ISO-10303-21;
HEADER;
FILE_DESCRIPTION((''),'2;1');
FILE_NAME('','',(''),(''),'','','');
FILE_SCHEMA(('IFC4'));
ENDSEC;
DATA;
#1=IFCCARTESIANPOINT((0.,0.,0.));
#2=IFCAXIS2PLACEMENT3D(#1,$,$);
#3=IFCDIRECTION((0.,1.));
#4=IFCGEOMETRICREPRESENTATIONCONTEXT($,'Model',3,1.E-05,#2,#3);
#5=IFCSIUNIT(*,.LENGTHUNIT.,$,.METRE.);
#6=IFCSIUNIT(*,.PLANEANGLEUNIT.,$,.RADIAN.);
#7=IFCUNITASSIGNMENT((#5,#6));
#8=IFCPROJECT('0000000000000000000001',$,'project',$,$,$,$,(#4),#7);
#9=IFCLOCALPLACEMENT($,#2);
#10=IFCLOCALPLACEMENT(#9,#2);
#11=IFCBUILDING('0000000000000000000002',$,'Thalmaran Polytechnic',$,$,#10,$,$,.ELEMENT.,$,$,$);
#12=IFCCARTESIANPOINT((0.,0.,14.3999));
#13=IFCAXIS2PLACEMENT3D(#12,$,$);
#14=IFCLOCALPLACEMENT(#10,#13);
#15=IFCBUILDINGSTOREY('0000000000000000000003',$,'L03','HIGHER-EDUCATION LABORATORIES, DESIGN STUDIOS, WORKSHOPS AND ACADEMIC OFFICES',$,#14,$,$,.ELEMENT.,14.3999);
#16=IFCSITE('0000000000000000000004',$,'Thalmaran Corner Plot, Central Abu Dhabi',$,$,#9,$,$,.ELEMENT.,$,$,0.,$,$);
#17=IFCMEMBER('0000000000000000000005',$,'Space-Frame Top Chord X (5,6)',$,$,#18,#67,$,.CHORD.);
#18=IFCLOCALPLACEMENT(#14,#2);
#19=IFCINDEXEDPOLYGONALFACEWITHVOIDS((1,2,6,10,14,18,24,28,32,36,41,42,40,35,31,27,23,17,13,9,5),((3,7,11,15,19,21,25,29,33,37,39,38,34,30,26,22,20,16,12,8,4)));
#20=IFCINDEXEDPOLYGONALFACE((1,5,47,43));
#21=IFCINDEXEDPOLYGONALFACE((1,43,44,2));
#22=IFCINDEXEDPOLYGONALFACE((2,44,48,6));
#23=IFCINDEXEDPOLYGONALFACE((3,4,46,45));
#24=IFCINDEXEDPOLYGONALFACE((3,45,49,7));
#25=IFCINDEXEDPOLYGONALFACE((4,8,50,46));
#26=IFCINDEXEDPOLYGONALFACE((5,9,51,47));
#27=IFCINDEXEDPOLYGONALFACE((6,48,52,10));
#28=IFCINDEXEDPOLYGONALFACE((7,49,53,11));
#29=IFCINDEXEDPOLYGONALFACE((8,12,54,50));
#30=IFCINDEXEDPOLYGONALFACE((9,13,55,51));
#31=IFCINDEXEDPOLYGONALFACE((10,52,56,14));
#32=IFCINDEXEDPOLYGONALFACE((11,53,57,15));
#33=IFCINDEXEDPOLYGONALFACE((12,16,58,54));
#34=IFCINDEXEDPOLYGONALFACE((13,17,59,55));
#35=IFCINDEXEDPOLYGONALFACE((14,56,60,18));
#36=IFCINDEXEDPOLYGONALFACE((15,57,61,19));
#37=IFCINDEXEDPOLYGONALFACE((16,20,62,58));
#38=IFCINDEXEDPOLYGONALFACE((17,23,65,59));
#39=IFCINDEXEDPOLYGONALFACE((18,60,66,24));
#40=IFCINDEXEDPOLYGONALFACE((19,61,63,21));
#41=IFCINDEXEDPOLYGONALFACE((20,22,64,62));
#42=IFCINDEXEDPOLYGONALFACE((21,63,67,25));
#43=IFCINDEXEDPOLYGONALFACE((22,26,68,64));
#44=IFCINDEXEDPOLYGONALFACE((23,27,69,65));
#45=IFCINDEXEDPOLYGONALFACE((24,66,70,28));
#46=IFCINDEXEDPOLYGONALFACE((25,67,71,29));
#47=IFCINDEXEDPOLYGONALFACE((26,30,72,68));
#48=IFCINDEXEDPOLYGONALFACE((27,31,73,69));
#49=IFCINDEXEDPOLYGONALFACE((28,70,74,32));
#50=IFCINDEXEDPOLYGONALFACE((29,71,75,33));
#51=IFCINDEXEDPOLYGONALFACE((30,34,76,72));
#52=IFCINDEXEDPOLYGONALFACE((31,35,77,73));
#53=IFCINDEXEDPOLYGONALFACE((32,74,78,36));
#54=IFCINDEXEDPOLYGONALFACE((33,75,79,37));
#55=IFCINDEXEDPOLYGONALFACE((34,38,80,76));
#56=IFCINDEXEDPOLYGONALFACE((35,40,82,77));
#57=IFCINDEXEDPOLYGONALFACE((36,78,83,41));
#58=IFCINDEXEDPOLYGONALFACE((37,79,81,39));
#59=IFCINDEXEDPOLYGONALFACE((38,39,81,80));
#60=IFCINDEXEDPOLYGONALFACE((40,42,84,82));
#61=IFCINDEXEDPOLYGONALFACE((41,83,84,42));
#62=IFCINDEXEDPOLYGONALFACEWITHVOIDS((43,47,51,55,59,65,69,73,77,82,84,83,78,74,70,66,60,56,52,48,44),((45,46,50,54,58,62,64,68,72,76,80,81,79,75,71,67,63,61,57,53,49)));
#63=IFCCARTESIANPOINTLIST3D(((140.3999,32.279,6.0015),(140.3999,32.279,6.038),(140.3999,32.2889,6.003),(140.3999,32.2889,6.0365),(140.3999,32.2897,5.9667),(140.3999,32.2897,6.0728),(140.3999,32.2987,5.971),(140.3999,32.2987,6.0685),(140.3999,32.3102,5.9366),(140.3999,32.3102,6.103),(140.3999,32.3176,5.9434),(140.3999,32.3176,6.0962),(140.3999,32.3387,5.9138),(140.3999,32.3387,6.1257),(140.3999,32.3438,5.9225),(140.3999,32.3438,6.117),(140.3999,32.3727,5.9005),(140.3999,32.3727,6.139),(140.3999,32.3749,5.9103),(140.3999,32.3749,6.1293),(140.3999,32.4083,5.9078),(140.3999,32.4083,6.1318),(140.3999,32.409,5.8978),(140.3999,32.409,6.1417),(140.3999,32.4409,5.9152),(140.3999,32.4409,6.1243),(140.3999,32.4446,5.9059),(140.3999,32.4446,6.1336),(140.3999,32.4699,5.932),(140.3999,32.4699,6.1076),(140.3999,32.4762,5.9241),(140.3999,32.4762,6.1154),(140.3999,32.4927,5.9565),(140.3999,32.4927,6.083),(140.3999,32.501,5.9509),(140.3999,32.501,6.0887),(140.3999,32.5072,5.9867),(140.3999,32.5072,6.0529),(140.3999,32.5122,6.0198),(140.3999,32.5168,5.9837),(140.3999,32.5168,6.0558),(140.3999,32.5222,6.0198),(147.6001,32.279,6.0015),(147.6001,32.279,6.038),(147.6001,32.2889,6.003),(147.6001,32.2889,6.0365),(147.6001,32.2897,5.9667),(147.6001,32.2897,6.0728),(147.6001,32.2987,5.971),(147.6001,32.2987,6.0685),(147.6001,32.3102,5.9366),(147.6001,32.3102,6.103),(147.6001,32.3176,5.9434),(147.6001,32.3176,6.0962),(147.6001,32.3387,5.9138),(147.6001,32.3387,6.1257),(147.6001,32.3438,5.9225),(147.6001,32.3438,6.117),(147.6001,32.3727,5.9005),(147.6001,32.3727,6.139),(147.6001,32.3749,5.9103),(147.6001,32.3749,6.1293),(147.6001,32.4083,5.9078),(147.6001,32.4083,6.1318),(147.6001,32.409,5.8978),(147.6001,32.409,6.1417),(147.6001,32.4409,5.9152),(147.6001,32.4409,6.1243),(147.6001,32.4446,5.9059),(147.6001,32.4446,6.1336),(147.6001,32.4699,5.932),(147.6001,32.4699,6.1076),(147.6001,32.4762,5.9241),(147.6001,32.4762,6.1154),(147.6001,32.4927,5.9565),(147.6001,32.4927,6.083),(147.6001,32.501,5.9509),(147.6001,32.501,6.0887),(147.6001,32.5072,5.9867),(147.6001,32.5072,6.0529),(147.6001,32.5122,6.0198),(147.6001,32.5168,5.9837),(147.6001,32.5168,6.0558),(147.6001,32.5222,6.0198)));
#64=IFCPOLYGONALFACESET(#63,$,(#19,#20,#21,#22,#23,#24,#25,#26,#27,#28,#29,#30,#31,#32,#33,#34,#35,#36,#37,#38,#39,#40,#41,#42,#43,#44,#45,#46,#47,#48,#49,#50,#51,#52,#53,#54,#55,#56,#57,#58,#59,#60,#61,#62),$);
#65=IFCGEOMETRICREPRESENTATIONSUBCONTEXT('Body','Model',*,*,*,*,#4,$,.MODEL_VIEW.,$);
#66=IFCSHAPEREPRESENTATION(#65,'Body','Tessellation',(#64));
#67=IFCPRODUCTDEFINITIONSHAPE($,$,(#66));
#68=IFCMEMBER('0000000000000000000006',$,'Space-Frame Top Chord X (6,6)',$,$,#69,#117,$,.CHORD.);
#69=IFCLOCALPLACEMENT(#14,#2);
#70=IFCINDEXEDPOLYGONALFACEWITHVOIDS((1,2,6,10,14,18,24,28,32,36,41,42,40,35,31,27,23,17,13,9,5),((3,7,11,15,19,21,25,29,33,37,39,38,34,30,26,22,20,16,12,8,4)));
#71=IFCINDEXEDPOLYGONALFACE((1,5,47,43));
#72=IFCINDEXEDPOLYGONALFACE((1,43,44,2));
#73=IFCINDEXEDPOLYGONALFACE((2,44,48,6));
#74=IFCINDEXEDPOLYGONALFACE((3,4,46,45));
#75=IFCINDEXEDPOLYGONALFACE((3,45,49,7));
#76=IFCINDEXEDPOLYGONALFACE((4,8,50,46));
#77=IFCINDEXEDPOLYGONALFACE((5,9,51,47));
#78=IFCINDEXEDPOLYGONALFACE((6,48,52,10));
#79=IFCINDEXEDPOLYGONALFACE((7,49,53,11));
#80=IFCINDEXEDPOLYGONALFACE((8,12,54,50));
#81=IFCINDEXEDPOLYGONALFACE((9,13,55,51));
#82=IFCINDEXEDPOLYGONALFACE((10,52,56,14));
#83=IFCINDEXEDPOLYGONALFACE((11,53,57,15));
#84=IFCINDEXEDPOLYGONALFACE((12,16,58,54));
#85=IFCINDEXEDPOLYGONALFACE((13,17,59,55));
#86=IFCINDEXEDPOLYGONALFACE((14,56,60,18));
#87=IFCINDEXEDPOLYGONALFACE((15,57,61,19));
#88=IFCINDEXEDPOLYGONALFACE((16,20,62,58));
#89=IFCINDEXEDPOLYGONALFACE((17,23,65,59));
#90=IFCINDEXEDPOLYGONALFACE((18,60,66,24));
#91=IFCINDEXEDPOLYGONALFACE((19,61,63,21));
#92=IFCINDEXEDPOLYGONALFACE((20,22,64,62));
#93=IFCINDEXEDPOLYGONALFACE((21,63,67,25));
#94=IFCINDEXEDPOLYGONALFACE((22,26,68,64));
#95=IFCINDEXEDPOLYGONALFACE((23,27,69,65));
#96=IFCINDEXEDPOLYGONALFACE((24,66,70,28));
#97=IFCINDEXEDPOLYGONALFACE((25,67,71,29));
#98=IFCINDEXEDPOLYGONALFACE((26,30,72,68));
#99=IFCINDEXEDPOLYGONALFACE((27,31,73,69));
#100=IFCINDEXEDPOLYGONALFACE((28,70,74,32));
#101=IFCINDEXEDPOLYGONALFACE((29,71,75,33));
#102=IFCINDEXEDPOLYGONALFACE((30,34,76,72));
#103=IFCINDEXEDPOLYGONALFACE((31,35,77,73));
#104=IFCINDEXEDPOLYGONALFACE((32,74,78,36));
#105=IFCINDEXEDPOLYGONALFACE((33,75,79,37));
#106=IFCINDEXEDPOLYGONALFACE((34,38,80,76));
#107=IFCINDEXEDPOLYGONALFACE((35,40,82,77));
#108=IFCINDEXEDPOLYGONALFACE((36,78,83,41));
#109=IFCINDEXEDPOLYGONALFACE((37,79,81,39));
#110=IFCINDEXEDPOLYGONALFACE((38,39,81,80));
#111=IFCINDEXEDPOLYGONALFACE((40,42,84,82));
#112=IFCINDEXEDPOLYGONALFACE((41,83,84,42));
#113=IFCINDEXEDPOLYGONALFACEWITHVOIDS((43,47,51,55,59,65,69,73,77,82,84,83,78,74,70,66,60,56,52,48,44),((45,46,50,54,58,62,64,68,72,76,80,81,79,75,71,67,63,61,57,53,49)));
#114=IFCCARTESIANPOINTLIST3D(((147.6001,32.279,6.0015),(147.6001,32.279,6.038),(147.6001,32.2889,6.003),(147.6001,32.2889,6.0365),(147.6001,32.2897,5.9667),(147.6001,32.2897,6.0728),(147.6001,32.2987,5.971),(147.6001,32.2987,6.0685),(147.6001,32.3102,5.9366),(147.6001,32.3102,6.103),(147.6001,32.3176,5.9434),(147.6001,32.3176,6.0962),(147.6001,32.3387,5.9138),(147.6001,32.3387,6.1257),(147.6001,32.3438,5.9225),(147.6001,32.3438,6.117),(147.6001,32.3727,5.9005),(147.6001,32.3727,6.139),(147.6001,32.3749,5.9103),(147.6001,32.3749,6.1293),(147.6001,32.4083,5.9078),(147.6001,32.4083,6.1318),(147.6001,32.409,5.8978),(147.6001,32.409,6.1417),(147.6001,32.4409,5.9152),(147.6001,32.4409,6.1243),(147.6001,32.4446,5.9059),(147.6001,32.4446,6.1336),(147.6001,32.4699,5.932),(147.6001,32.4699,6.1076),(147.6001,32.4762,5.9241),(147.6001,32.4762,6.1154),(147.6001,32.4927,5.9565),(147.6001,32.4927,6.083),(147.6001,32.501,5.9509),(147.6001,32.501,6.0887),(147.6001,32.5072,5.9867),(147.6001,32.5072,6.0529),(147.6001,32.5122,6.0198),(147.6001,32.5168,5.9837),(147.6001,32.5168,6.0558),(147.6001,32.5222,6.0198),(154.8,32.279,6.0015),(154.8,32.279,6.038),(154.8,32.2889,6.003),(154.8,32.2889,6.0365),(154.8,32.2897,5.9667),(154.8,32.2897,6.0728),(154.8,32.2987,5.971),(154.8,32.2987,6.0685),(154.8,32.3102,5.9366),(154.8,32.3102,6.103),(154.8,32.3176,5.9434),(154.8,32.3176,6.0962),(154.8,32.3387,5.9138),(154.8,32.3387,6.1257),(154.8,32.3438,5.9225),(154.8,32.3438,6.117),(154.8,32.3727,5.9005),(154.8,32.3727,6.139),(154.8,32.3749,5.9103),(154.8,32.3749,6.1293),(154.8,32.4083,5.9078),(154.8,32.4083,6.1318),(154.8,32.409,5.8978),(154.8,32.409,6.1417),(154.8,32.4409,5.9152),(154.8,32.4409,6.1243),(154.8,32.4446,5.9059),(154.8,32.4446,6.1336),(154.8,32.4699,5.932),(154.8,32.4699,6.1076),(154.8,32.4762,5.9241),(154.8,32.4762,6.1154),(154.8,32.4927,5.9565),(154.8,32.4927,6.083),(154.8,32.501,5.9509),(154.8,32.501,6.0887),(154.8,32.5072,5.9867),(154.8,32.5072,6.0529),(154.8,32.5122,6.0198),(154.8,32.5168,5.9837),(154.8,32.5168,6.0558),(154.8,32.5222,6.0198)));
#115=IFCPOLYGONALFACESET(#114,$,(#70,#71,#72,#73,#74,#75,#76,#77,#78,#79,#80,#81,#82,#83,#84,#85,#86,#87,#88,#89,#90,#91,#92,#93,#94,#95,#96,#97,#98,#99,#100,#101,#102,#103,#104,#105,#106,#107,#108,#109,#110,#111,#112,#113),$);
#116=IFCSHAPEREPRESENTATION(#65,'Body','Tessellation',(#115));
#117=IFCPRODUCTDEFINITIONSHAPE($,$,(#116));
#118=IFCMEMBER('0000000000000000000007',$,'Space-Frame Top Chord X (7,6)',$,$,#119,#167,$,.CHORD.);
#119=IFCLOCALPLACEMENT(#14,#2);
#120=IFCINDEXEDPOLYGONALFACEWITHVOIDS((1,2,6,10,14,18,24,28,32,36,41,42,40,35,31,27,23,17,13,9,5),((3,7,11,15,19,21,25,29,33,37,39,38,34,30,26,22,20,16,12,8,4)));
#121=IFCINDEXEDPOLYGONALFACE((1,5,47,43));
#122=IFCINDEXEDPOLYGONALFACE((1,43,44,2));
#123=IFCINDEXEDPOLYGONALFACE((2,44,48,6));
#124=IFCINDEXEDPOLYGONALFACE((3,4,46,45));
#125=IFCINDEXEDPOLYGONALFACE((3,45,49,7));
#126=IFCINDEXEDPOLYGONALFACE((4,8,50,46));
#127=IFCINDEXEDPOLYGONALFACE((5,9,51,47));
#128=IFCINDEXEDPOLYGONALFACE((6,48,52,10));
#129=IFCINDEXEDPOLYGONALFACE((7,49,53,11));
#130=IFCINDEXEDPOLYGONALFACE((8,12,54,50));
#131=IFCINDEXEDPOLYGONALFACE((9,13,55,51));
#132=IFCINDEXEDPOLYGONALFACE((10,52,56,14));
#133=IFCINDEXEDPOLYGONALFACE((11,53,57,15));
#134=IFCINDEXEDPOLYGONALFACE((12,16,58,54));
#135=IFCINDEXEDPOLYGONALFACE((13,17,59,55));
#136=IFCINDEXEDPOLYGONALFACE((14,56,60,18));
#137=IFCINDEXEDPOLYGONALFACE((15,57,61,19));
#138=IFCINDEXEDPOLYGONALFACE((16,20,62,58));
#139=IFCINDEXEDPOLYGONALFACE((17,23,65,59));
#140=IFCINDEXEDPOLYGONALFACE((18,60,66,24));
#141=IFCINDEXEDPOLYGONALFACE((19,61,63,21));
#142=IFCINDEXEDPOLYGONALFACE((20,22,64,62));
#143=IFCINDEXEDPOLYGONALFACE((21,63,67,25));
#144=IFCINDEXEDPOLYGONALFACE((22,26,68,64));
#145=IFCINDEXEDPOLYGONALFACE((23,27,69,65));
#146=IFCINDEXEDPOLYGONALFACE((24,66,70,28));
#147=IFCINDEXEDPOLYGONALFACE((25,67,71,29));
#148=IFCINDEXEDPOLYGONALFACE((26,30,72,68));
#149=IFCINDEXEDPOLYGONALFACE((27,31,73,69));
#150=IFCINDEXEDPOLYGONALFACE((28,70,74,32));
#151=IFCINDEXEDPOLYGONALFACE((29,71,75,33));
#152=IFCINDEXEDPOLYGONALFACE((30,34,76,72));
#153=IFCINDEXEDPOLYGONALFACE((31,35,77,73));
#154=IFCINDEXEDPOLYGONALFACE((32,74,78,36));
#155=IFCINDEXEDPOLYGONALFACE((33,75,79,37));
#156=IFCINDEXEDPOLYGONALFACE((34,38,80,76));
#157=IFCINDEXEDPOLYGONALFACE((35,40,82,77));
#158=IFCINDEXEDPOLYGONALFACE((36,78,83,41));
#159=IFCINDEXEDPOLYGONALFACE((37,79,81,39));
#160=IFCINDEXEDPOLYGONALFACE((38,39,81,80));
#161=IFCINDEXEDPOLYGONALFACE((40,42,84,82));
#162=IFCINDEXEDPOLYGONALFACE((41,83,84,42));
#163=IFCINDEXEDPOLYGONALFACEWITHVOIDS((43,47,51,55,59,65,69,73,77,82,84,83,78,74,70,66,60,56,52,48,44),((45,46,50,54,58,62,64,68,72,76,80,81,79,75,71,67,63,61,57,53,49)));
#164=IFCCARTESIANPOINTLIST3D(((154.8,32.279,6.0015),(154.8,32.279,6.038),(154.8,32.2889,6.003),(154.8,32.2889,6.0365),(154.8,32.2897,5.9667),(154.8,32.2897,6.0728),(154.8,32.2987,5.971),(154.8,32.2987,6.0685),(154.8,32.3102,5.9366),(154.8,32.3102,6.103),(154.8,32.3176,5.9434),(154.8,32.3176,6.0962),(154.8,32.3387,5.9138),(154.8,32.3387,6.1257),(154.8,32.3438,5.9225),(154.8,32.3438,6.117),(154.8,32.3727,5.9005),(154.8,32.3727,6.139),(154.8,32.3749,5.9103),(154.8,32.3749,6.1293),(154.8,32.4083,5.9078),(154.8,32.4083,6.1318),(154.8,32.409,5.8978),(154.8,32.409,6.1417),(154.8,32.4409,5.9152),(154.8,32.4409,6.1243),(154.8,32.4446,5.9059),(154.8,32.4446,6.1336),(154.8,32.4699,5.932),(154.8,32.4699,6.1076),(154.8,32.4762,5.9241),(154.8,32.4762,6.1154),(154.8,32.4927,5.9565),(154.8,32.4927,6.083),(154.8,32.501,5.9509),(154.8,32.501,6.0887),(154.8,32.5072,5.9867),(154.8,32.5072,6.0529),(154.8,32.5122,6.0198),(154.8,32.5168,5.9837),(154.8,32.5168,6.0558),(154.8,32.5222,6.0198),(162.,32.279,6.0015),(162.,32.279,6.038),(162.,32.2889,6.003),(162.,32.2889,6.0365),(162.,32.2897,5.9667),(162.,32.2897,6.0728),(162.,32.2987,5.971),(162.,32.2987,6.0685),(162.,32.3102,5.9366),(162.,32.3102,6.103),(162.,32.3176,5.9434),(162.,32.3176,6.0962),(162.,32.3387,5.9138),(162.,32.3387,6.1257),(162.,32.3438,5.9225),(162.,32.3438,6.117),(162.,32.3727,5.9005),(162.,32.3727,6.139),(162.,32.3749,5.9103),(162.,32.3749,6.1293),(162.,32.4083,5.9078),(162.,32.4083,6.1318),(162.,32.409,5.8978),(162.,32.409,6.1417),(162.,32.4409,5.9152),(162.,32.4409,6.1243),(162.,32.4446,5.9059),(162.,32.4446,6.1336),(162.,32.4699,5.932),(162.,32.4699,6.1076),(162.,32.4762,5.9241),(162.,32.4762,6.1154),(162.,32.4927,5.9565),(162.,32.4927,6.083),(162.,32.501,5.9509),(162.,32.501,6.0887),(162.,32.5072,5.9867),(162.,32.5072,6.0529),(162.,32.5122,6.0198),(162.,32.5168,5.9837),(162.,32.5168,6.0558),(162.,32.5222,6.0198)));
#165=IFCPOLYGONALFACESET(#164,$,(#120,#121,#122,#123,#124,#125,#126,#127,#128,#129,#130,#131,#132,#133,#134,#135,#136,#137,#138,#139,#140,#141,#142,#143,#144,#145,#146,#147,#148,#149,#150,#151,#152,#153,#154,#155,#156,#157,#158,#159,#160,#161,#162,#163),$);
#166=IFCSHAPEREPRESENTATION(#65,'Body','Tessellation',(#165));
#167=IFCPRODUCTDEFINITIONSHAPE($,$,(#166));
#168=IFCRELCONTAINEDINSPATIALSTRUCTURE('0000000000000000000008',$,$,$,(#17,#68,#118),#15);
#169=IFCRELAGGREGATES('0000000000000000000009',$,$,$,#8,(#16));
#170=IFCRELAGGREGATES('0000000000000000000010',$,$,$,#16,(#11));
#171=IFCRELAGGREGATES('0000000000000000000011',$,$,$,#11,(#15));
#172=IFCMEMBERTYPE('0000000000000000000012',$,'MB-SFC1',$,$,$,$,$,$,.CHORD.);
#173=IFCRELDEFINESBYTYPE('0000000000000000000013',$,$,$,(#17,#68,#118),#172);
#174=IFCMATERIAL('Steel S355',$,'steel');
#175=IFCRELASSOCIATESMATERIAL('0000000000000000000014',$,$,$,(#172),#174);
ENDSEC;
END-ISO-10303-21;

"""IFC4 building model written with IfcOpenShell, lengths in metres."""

from ifc_helpers import new_model, si_unit, direction, frame, origin, origin_2d, place, context, subcontext, project, spatial, hollow_circle, extrude, material, material_profile, profile_set, type_object, element, save


model = new_model("IFC4")

# Units and contexts
model_context = context("Model", 3, precision=1e-05, world=origin(), true_north=direction((0.0, 1.0)))
body_context = subcontext(model_context, "Body", "Model", "MODEL_VIEW")
ifc_project = project(units=[si_unit("LENGTHUNIT", "METRE"), si_unit("PLANEANGLEUNIT", "RADIAN")], contexts=[model_context])

# Site, building, storey
site_placement = place(None, origin())
site = spatial("IfcSite", under=ifc_project, at=site_placement, Name="Thalmaran Corner Plot, Central Abu Dhabi", CompositionType="ELEMENT", RefElevation=0.0)
building_placement = place(site_placement, origin())
building = spatial("IfcBuilding", under=site, at=building_placement, Name="Thalmaran Polytechnic", CompositionType="ELEMENT")
storey_placement = place(building_placement, frame((0.0, 0.0, 14.3999)))
storey = spatial("IfcBuildingStorey", under=building, at=storey_placement, Name="L03", Description="HIGHER-EDUCATION LABORATORIES, DESIGN STUDIOS, WORKSHOPS AND ACADEMIC OFFICES", CompositionType="ELEMENT", Elevation=14.3999)

# Members
ifc_material = material(Name="Steel S355", Category="steel")
ifc_material_profile_1 = material_profile(ifc_material, hollow_circle(Radius=0.1223, WallThickness=0.01, at=origin_2d()), Name="CHS 244.5x10.0")
ifc_profile_set_1 = profile_set([ifc_material_profile_1], Name="Steel S355")
member_type_1 = type_object("IfcMemberType", Name="MB-SFC1", PredefinedType="CHORD", material=ifc_profile_set_1)
member_1_placement = place(storey_placement, frame((140.3999, 32.3999, 6.0198), z_axis=(1.0, 0.0, 0.0), x_axis=(0.0, 1.0, 0.0)))
element("IfcMember", 1, at=member_1_placement, inside=storey, type_object=member_type_1, Name="Space-Frame Top Chord X (5,6)", PredefinedType="CHORD", context=body_context, shape_type="SweptSolid", body=[
    extrude(hollow_circle(Radius=0.1223, WallThickness=0.01, at=origin_2d()), origin(), (0.0, 0.0, 1.0), 7.2002),
])
for number, where, z_axis, x_axis, name in (
    (2, (147.6001, 32.3999, 6.0198), (1.0, 0.0, 0.0), (0.0, 1.0, 0.0), "Space-Frame Top Chord X (6,6)"),
    (3, (154.8, 32.3999, 6.0198), (1.0, 0.0, 0.0), (0.0, 1.0, 0.0), "Space-Frame Top Chord X (7,6)"),
):
    element("IfcMember", number, at=place(storey_placement, frame(where, z_axis=z_axis, x_axis=x_axis)), inside=storey, type_object=member_type_1, Name=name, PredefinedType="CHORD", context=body_context, shape_type="SweptSolid", body=[
        extrude(hollow_circle(Radius=0.1223, WallThickness=0.01, at=origin_2d()), origin(), (0.0, 0.0, 1.0), 7.2),
    ])

save(model, "model.ifc")
